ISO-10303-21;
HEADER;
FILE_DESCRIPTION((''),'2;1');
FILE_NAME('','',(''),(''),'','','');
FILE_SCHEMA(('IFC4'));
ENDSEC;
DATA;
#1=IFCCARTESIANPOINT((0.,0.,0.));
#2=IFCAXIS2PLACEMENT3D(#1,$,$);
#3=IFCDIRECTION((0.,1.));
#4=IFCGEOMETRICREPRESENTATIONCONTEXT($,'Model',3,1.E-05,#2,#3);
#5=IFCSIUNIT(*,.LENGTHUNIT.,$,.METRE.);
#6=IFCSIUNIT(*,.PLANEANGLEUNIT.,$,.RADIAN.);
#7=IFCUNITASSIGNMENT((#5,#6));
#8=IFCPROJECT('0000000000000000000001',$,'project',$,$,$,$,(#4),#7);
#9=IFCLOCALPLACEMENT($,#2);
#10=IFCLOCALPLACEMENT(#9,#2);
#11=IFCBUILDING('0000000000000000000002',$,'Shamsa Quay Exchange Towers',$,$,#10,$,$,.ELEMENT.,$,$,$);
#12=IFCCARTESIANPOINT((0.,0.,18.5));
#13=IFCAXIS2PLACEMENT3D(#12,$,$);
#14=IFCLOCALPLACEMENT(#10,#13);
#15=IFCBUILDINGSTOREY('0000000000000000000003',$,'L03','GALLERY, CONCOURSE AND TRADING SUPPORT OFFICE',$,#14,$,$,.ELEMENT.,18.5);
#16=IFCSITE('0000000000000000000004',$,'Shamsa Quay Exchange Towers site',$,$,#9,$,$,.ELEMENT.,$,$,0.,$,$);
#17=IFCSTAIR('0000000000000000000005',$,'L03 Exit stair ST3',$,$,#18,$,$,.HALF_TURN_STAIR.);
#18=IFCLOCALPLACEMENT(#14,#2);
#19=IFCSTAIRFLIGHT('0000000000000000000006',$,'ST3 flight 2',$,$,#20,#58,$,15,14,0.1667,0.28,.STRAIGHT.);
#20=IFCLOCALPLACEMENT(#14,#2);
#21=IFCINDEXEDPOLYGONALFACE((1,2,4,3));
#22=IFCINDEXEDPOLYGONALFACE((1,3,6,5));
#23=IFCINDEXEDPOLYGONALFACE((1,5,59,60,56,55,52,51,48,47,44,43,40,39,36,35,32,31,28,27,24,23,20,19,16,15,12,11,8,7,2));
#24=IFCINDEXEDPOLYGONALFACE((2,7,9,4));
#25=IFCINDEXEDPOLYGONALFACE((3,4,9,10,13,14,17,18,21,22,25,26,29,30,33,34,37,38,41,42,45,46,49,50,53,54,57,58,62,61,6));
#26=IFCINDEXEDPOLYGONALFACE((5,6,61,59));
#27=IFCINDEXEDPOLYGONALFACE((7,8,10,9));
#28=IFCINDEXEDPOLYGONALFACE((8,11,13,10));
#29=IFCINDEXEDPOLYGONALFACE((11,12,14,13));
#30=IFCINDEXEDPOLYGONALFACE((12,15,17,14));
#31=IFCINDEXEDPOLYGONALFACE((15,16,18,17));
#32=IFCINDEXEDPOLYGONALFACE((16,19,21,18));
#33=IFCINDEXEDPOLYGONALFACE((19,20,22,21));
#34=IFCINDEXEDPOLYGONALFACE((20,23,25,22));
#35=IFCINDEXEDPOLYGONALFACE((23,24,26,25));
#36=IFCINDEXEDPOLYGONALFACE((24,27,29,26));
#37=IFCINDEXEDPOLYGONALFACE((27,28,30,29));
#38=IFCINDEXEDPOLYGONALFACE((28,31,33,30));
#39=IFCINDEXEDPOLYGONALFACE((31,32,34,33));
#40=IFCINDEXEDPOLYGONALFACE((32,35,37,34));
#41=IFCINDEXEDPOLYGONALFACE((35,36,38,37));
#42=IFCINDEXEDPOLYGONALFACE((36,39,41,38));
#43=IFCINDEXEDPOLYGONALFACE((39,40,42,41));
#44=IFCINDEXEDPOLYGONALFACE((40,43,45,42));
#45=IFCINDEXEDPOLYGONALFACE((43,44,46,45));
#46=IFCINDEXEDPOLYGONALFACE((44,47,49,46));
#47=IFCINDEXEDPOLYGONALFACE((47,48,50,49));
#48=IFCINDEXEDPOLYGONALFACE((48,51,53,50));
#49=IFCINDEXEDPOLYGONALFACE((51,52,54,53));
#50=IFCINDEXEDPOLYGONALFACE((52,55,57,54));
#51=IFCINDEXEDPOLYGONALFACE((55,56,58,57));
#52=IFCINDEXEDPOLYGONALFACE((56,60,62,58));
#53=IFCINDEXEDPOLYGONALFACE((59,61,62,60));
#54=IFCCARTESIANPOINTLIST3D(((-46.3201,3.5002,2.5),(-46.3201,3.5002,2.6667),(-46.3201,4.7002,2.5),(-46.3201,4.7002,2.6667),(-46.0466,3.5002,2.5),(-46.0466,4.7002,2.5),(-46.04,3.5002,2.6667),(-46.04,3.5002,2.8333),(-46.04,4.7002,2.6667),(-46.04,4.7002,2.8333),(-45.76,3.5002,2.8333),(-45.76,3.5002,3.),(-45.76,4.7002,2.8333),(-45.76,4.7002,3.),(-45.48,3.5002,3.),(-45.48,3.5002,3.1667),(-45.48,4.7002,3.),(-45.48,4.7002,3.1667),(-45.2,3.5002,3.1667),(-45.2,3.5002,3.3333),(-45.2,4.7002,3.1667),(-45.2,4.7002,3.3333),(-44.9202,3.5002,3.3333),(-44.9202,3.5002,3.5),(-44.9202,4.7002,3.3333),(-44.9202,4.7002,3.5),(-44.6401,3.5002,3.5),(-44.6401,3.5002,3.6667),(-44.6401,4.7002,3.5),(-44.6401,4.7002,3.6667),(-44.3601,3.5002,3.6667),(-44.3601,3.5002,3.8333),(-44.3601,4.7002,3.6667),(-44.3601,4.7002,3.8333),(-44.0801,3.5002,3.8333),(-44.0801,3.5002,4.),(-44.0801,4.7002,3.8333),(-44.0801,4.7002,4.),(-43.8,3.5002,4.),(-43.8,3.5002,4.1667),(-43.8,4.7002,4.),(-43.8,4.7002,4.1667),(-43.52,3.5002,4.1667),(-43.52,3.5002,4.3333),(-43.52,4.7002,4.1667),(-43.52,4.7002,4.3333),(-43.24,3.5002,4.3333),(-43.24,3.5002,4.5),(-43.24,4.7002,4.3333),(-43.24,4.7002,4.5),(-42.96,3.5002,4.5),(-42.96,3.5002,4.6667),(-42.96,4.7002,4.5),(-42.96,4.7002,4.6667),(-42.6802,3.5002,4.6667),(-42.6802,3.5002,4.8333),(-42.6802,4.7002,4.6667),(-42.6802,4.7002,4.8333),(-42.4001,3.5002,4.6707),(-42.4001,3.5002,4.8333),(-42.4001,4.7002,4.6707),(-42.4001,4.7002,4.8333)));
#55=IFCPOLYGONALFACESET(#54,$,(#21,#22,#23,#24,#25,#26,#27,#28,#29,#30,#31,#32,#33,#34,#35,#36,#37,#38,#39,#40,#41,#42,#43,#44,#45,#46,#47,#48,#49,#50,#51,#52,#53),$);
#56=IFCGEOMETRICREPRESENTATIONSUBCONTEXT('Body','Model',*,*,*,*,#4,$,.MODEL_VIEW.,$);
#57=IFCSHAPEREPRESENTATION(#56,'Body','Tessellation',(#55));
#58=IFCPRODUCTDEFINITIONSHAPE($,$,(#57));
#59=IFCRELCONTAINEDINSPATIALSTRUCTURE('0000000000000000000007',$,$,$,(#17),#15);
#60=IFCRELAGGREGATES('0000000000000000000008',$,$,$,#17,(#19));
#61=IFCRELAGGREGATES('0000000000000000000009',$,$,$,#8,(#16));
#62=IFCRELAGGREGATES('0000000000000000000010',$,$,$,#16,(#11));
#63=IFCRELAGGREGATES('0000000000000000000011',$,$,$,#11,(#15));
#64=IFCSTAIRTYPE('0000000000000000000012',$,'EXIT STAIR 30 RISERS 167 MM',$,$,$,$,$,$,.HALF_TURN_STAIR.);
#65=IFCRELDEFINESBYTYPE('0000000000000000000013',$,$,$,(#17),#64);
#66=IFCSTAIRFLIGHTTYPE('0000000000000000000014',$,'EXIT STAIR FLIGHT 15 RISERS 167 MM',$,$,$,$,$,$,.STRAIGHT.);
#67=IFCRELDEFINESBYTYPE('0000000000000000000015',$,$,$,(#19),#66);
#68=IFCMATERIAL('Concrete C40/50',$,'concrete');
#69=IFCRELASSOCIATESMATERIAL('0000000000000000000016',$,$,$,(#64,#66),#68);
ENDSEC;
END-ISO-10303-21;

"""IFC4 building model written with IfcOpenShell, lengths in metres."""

from ifc_helpers import new_model, si_unit, direction, frame, origin, place, context, subcontext, project, spatial, polyline, outline, extrude, material, type_object, element, aggregate, save


model = new_model("IFC4")

# Units and contexts
model_context = context("Model", 3, precision=1e-05, world=origin(), true_north=direction((0.0, 1.0)))
body_context = subcontext(model_context, "Body", "Model", "MODEL_VIEW")
ifc_project = project(units=[si_unit("LENGTHUNIT", "METRE"), si_unit("PLANEANGLEUNIT", "RADIAN")], contexts=[model_context])

# Site, building, storey
site_placement = place(None, origin())
site = spatial("IfcSite", under=ifc_project, at=site_placement, Name="Shamsa Quay Exchange Towers site", CompositionType="ELEMENT", RefElevation=0.0)
building_placement = place(site_placement, origin())
building = spatial("IfcBuilding", under=site, at=building_placement, Name="Shamsa Quay Exchange Towers", CompositionType="ELEMENT")
storey_placement = place(building_placement, frame((0.0, 0.0, 18.5)))
storey = spatial("IfcBuildingStorey", under=building, at=storey_placement, Name="L03", Description="GALLERY, CONCOURSE AND TRADING SUPPORT OFFICE", CompositionType="ELEMENT", Elevation=18.5)

# Shared definitions
ifc_material_1 = material(Name="Concrete C40/50", Category="concrete")
stair_type = type_object("IfcStairType", Name="EXIT STAIR 30 RISERS 167 MM", PredefinedType="HALF_TURN_STAIR", material=ifc_material_1)
stair_flight_type = type_object("IfcStairFlightType", Name="EXIT STAIR FLIGHT 15 RISERS 167 MM", PredefinedType="STRAIGHT", material=ifc_material_1)

# Stair, stair flight
stair_1_placement = place(storey_placement, origin())
stair_1 = element("IfcStair", 1, at=stair_1_placement, inside=storey, type_object=stair_type, Name="L03 Exit stair ST3", PredefinedType="HALF_TURN_STAIR")
stair_flight_1_placement = place(storey_placement, frame((-46.3201, 4.1001, 2.5)))
stair_flight_1 = element("IfcStairFlight", 2, at=stair_flight_1_placement, type_object=stair_flight_type, Name="ST3 flight 2", NumberOfRisers=15, NumberOfTreads=14, PredefinedType="STRAIGHT", RiserHeight=0.1667, TreadLength=0.28, context=body_context, shape_type="SweptSolid", body=[
    extrude(outline(polyline([(0.0, 0.0), (0.0, 0.1667), (0.28, 0.1667), (0.28, 0.3333), (0.5601, 0.3333), (0.5601, 0.5), (0.8401, 0.5), (0.8401, 0.6667), (1.1201, 0.6667), (1.1201, 0.8333), (1.3999, 0.8333), (1.3999, 1.0), (1.6799, 1.0), (1.6799, 1.1667), (1.96, 1.1667), (1.96, 1.3333), (2.24, 1.3333), (2.24, 1.5), (2.52, 1.5), (2.52, 1.6667), (2.8, 1.6667), (2.8, 1.8333), (3.0801, 1.8333), (3.0801, 2.0), (3.3601, 2.0), (3.3601, 2.1667), (3.6399, 2.1667), (3.6399, 2.3333), (3.9199, 2.3333), (3.9199, 2.5), (3.9199, 2.1707), (0.2734, 0.0), (0.0, 0.0)])), frame((0.0, 0.6001, 0.0), z_axis=(0.0, -1.0, 0.0), x_axis=(1.0, 0.0, 0.0)), (0.0, 0.0, 1.0), 1.2),
])
aggregate(stair_1, [stair_flight_1])

save(model, "model.ifc")
